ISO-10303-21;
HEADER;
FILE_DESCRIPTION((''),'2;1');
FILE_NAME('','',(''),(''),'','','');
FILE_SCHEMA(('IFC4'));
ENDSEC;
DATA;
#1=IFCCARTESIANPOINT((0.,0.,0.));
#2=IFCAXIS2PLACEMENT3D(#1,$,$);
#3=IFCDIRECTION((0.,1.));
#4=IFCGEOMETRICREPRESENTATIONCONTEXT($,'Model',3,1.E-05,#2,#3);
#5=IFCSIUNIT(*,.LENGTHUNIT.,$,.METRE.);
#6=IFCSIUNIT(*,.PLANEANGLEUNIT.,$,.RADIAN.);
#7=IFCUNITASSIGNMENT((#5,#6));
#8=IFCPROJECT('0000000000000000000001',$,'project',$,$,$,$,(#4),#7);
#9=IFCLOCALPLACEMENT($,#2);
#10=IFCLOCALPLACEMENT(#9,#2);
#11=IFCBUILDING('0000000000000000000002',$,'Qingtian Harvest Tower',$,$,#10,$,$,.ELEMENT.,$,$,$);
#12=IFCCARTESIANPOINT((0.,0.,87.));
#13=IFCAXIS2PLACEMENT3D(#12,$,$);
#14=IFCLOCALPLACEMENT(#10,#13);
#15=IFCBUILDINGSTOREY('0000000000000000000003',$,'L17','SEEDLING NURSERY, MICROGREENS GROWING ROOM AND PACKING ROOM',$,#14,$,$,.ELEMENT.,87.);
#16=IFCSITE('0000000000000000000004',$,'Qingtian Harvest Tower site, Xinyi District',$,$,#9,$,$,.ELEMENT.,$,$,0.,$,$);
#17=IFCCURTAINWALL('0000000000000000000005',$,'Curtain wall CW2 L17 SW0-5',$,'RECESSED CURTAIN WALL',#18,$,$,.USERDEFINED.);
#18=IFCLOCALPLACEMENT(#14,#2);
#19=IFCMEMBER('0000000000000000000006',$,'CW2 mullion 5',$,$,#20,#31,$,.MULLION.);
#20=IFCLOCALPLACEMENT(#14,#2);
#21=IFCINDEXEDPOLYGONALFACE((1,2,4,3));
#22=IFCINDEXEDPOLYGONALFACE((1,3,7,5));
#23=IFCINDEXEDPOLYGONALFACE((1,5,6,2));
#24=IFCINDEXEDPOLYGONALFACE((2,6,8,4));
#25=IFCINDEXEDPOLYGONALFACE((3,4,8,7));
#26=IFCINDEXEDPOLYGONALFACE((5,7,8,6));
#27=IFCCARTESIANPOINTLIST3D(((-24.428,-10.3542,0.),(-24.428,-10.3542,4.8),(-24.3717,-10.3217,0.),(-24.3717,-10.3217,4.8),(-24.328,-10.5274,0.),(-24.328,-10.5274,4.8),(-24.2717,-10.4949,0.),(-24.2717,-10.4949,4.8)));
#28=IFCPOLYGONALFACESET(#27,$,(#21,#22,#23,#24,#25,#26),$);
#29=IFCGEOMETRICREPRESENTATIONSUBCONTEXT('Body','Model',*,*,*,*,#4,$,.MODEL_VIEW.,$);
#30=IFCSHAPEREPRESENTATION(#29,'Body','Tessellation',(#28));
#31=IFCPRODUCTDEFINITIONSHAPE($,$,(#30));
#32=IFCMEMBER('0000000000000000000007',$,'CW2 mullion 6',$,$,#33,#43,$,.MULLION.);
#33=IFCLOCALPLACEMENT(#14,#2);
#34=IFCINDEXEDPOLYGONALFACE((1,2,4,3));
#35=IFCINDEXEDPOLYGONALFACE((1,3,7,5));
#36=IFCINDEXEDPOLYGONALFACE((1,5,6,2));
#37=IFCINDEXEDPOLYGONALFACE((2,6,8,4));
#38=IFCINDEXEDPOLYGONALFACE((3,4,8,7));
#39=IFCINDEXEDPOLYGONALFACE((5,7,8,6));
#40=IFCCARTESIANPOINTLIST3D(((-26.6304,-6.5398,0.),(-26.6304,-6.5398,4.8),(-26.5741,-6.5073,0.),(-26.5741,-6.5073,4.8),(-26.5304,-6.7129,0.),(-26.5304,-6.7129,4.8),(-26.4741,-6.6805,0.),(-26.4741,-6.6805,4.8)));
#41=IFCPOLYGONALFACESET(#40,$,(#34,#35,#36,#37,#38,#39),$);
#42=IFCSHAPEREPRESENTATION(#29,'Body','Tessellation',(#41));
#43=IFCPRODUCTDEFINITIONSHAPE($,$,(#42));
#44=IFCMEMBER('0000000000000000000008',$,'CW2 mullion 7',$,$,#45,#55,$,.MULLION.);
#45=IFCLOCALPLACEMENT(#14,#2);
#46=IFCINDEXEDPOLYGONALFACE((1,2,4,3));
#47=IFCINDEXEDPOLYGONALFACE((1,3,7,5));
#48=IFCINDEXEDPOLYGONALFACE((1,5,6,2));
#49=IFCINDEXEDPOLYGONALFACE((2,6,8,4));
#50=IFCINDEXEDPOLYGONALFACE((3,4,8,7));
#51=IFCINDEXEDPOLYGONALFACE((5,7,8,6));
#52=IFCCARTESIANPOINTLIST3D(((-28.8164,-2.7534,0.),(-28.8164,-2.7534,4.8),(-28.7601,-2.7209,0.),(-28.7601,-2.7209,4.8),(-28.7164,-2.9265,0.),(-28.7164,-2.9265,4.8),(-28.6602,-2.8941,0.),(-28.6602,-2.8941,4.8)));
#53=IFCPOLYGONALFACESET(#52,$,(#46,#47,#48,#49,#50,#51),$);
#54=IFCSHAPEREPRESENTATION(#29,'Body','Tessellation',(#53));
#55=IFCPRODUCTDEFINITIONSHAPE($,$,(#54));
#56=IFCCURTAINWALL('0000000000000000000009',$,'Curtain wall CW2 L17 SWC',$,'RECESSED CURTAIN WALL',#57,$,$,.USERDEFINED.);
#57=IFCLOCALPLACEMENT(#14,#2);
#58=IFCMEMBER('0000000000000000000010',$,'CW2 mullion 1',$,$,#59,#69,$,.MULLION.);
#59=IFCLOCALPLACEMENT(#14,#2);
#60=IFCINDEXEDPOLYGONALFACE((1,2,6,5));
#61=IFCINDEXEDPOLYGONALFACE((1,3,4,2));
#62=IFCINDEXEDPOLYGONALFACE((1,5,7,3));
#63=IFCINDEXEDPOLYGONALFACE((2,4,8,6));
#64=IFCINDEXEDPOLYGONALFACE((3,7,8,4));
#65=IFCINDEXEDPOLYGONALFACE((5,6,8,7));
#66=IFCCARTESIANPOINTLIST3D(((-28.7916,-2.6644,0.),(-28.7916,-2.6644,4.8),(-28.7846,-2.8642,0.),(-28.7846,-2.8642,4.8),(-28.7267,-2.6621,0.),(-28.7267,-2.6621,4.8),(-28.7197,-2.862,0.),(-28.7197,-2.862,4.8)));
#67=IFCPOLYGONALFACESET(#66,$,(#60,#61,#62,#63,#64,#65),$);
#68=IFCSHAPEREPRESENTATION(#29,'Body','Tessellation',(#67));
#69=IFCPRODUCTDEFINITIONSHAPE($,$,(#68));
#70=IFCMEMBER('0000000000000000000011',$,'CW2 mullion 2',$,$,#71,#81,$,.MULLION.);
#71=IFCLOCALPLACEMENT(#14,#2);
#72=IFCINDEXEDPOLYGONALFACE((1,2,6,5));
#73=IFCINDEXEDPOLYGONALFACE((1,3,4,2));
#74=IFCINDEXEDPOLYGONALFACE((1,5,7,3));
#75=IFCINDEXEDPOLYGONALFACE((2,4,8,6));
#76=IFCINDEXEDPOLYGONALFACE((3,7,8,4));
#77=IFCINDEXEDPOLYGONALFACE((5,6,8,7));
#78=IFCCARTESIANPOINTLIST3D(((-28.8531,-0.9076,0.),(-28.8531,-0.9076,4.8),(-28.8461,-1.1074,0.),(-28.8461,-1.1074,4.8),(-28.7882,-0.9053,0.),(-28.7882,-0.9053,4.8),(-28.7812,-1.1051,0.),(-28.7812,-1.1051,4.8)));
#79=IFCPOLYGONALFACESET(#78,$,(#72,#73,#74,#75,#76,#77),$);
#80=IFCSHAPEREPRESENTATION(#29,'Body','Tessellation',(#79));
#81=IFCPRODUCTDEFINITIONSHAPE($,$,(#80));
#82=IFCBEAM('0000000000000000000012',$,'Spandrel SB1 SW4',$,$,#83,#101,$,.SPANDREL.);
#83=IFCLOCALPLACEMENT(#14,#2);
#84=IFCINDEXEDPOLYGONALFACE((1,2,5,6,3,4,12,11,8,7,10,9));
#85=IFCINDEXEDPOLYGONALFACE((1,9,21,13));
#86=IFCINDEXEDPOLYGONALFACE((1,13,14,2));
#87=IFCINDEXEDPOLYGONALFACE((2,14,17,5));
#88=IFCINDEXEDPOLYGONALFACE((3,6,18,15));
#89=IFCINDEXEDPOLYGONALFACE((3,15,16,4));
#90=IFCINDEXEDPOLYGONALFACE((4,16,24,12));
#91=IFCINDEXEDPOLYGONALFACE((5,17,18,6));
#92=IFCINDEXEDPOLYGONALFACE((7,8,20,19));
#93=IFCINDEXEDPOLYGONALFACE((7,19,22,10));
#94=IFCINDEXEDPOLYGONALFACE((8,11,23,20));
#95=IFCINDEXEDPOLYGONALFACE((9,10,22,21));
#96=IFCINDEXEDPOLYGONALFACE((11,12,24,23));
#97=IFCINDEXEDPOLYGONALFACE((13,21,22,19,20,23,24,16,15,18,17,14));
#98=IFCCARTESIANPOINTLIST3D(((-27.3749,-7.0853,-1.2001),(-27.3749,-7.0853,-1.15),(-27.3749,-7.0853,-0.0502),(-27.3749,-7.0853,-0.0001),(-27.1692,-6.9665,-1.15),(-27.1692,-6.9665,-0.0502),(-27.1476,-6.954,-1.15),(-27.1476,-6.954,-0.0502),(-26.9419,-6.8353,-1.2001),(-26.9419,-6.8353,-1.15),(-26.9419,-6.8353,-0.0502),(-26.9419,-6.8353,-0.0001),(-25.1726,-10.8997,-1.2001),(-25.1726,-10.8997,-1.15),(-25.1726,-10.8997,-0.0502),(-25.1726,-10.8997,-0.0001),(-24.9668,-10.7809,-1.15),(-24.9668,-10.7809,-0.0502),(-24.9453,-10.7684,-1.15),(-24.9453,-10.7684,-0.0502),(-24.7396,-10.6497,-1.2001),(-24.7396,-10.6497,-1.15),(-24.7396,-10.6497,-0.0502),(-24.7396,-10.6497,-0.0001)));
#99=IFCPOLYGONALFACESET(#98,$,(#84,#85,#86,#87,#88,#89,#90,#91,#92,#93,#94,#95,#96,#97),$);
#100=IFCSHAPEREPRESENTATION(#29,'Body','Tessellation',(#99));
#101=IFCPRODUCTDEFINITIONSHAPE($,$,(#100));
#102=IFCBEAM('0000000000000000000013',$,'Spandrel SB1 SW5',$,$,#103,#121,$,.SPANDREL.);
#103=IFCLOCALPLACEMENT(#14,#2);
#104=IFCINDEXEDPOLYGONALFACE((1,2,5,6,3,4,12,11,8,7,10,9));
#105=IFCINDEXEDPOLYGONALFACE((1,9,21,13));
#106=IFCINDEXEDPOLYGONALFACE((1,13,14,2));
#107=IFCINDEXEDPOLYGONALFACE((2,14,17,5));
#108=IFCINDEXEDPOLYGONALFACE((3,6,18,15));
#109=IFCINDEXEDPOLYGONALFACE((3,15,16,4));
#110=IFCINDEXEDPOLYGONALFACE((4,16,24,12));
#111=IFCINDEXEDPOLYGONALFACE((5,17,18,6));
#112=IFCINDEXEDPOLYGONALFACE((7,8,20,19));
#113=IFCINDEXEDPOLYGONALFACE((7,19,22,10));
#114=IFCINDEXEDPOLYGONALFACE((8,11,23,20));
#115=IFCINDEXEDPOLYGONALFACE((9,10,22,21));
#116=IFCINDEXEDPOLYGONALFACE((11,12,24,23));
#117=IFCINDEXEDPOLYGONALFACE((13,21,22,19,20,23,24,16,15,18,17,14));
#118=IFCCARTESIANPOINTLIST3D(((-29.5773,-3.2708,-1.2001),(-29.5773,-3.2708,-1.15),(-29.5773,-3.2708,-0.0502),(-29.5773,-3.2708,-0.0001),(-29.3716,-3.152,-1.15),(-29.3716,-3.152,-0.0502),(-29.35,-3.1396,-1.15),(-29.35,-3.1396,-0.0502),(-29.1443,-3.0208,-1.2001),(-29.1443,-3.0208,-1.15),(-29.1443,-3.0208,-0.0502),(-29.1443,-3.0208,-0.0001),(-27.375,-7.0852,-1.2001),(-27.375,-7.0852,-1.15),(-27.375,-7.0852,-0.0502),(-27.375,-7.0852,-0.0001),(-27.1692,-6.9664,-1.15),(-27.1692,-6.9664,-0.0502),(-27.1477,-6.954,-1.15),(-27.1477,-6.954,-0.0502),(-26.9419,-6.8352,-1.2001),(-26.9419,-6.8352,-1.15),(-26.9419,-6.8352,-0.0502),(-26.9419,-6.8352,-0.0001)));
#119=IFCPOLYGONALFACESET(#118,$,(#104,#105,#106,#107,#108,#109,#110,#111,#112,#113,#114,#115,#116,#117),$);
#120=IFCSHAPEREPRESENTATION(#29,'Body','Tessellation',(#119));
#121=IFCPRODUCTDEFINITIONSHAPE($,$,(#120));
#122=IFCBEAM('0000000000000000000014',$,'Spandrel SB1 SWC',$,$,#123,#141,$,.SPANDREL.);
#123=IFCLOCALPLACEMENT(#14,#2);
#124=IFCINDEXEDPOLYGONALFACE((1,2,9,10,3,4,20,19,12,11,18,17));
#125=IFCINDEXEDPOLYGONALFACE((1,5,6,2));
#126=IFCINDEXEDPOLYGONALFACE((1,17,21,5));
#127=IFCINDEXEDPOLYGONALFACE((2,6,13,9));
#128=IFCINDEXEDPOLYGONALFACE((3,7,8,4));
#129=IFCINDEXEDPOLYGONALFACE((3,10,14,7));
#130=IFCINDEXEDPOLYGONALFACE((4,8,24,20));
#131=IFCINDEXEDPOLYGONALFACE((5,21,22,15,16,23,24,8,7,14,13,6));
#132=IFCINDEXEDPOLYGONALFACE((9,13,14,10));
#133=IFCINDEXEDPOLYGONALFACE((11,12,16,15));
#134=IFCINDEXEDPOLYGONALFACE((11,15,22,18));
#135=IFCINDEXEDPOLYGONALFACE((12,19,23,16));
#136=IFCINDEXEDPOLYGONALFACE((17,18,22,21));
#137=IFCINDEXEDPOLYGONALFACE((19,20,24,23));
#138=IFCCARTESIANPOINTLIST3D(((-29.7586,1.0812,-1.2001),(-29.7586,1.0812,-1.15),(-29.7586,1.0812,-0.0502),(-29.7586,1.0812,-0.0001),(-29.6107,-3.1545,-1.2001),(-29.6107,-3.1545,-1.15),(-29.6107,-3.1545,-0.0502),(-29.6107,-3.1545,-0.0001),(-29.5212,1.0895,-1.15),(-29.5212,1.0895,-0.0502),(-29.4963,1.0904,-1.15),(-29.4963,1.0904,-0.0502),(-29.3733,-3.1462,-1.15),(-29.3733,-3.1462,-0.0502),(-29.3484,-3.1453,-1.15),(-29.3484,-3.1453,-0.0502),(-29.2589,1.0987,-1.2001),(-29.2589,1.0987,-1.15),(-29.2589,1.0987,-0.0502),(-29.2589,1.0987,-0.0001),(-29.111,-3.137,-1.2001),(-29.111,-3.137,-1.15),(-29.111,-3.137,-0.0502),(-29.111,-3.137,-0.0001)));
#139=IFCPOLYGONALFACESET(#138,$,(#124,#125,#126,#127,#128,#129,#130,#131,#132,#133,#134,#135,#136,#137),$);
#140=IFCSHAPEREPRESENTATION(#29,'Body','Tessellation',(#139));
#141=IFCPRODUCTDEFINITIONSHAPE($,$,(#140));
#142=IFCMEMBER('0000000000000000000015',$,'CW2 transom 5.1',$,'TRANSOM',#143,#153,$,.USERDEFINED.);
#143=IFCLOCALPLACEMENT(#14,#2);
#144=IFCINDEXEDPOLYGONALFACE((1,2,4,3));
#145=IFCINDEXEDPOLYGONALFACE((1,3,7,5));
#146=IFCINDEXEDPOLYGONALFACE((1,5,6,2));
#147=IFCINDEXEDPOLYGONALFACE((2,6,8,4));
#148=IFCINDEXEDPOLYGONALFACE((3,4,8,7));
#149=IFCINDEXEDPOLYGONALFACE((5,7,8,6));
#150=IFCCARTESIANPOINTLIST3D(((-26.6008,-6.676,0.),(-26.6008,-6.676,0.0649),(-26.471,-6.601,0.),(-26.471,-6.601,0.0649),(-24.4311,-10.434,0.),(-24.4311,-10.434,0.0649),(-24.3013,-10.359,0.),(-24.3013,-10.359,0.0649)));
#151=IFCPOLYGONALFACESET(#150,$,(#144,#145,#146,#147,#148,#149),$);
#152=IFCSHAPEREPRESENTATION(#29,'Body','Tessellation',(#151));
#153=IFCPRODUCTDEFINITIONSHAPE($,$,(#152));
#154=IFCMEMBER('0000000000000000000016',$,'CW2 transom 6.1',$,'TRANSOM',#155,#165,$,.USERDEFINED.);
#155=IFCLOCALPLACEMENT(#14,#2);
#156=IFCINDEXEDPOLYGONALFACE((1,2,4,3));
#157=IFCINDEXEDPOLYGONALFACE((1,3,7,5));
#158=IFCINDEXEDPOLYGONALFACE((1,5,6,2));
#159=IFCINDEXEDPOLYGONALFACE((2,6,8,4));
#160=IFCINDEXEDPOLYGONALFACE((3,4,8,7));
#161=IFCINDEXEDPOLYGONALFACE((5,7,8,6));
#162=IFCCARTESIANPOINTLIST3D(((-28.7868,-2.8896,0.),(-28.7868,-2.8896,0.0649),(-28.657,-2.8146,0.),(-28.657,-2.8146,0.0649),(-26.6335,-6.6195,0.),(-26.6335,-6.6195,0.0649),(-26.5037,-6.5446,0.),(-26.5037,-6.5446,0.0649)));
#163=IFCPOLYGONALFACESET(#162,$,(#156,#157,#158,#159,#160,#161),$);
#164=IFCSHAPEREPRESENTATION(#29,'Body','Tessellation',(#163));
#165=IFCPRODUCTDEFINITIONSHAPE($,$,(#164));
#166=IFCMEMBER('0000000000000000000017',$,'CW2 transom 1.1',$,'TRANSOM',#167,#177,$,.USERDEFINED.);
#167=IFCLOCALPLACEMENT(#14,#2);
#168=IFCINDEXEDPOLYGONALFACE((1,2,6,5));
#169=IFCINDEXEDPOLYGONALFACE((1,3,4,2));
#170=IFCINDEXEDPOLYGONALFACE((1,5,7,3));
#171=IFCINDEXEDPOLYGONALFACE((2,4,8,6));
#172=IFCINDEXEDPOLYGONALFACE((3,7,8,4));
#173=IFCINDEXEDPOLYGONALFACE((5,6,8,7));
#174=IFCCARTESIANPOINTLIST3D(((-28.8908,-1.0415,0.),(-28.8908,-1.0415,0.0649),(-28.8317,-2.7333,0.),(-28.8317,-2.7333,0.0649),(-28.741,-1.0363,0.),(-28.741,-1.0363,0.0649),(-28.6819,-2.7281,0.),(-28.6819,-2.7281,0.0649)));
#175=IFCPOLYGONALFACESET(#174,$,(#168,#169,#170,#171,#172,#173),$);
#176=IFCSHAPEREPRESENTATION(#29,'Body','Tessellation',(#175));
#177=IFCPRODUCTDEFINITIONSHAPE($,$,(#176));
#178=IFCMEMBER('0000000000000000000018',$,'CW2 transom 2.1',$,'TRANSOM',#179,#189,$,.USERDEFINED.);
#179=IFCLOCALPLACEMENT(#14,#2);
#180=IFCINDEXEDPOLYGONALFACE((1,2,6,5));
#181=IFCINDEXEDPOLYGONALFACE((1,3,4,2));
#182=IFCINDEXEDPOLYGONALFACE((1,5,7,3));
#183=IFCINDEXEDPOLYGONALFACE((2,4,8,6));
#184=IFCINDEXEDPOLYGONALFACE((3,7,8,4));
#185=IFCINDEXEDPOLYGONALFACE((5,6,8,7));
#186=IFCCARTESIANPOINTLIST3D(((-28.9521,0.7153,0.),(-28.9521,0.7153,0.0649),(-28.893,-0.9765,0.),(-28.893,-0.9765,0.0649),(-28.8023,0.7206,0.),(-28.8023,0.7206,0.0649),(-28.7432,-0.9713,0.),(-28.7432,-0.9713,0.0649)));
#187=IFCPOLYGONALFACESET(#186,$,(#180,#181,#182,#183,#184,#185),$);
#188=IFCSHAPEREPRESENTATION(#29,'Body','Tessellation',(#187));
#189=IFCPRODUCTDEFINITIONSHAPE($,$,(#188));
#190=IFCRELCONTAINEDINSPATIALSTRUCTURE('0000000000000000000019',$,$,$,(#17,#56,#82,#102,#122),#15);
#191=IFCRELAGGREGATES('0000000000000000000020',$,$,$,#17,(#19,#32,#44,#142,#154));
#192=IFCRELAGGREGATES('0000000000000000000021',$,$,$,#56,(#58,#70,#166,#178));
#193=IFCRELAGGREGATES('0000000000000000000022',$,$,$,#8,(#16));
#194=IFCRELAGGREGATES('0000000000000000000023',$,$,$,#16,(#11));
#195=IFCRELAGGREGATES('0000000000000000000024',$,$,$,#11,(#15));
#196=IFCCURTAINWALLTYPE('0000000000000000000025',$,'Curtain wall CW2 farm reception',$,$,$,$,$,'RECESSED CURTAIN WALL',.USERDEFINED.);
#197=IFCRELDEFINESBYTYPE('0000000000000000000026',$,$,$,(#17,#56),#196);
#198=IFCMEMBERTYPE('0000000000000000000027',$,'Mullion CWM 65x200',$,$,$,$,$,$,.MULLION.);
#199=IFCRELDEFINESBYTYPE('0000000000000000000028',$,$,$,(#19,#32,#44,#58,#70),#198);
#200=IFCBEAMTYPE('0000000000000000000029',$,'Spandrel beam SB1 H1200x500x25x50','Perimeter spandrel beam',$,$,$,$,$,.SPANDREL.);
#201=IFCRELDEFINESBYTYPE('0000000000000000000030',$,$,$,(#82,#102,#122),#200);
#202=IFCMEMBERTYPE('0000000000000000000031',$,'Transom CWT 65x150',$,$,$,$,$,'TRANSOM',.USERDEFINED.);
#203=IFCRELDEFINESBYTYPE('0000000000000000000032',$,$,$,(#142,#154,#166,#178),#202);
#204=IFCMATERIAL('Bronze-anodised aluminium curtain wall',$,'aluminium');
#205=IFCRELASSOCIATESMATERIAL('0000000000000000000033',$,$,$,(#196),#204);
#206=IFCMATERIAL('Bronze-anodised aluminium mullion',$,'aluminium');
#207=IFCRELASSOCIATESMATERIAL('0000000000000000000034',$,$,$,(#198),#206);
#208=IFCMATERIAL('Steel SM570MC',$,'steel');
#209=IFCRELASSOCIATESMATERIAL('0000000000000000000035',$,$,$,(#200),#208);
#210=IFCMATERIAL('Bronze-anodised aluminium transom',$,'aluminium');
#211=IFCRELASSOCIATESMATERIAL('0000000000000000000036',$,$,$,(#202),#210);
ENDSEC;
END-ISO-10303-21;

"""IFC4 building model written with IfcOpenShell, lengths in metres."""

from ifc_helpers import new_model, si_unit, direction, frame, origin, origin_2d, place, context, subcontext, project, spatial, rectangle, i_section, extrude, material, material_profile, profile_set, type_object, element, aggregate, save


model = new_model("IFC4")

# Units and contexts
model_context = context("Model", 3, precision=1e-05, world=origin(), true_north=direction((0.0, 1.0)))
body_context = subcontext(model_context, "Body", "Model", "MODEL_VIEW")
ifc_project = project(units=[si_unit("LENGTHUNIT", "METRE"), si_unit("PLANEANGLEUNIT", "RADIAN")], contexts=[model_context])

# Site, building, storey
site_placement = place(None, origin())
site = spatial("IfcSite", under=ifc_project, at=site_placement, Name="Qingtian Harvest Tower site, Xinyi District", CompositionType="ELEMENT", RefElevation=0.0)
building_placement = place(site_placement, origin())
building = spatial("IfcBuilding", under=site, at=building_placement, Name="Qingtian Harvest Tower", CompositionType="ELEMENT")
storey_placement = place(building_placement, frame((0.0, 0.0, 87.0)))
storey = spatial("IfcBuildingStorey", under=building, at=storey_placement, Name="L17", Description="SEEDLING NURSERY, MICROGREENS GROWING ROOM AND PACKING ROOM", CompositionType="ELEMENT", Elevation=87.0)

# Curtain walls, members
ifc_material_1 = material(Name="Bronze-anodised aluminium curtain wall", Category="aluminium")
curtain_wall_type = type_object("IfcCurtainWallType", Name="Curtain wall CW2 farm reception", ElementType="RECESSED CURTAIN WALL", PredefinedType="USERDEFINED", material=ifc_material_1)
curtain_wall_1_placement = place(storey_placement, origin())
curtain_wall_1 = element("IfcCurtainWall", 1, at=curtain_wall_1_placement, inside=storey, type_object=curtain_wall_type, Name="Curtain wall CW2 L17 SW0-5", ObjectType="RECESSED CURTAIN WALL", PredefinedType="USERDEFINED")
ifc_material_2 = material(Name="Bronze-anodised aluminium mullion", Category="aluminium")
ifc_material_profile_1 = material_profile(ifc_material_2, rectangle(XDim=0.0649, YDim=0.2, at=origin_2d()), Name="AL 65x200")
ifc_profile_set_1 = profile_set([ifc_material_profile_1], Name="Bronze-anodised aluminium mullion")
member_type_1 = type_object("IfcMemberType", Name="Mullion CWM 65x200", PredefinedType="MULLION", material=ifc_profile_set_1)
member_1_placement = place(storey_placement, frame((-24.3499, -10.4246, 0.0), z_axis=(0.0, 0.0, 1.0), x_axis=(-0.866025, -0.5, 0.0)))
member_1 = element("IfcMember", 2, at=member_1_placement, type_object=member_type_1, Name="CW2 mullion 5", PredefinedType="MULLION", context=body_context, shape_type="SweptSolid", body=[
    extrude(rectangle(XDim=0.0649, YDim=0.2, at=origin_2d()), origin(), (0.0, 0.0, 1.0), 4.8),
])
member_2_placement = place(storey_placement, frame((-26.5522, -6.6101, 0.0), z_axis=(0.0, 0.0, 1.0), x_axis=(-0.866025, -0.5, 0.0)))
member_2 = element("IfcMember", 3, at=member_2_placement, type_object=member_type_1, Name="CW2 mullion 6", PredefinedType="MULLION", context=body_context, shape_type="SweptSolid", body=[
    extrude(rectangle(XDim=0.0649, YDim=0.2, at=origin_2d()), origin(), (0.0, 0.0, 1.0), 4.8),
])
member_3_placement = place(storey_placement, frame((-28.7383, -2.8237, 0.0), z_axis=(0.0, 0.0, 1.0), x_axis=(-0.866025, -0.5, 0.0)))
member_3 = element("IfcMember", 4, at=member_3_placement, type_object=member_type_1, Name="CW2 mullion 7", PredefinedType="MULLION", context=body_context, shape_type="SweptSolid", body=[
    extrude(rectangle(XDim=0.0649, YDim=0.2, at=origin_2d()), origin(), (0.0, 0.0, 1.0), 4.8),
])
curtain_wall_2_placement = place(storey_placement, origin())
curtain_wall_2 = element("IfcCurtainWall", 5, at=curtain_wall_2_placement, inside=storey, type_object=curtain_wall_type, Name="Curtain wall CW2 L17 SWC", ObjectType="RECESSED CURTAIN WALL", PredefinedType="USERDEFINED")
member_4_placement = place(storey_placement, frame((-28.7556, -2.7632, 0.0), z_axis=(0.0, 0.0, 1.0), x_axis=(-0.999391, -0.034899, 0.0)))
member_4 = element("IfcMember", 6, at=member_4_placement, type_object=member_type_1, Name="CW2 mullion 1", PredefinedType="MULLION", context=body_context, shape_type="SweptSolid", body=[
    extrude(rectangle(XDim=0.0649, YDim=0.2, at=origin_2d()), origin(), (0.0, 0.0, 1.0), 4.8),
])
member_5_placement = place(storey_placement, frame((-28.8171, -1.0063, 0.0), z_axis=(0.0, 0.0, 1.0), x_axis=(-0.999391, -0.034899, 0.0)))
member_5 = element("IfcMember", 7, at=member_5_placement, type_object=member_type_1, Name="CW2 mullion 2", PredefinedType="MULLION", context=body_context, shape_type="SweptSolid", body=[
    extrude(rectangle(XDim=0.0649, YDim=0.2, at=origin_2d()), origin(), (0.0, 0.0, 1.0), 4.8),
])

# Beams
ifc_material_3 = material(Name="Steel SM570MC", Category="steel")
ifc_material_profile_2 = material_profile(ifc_material_3, i_section(OverallWidth=0.5, OverallDepth=1.2, WebThickness=0.0249, FlangeThickness=0.05, at=origin_2d()), Name="H1200x500x25x50")
ifc_profile_set_2 = profile_set([ifc_material_profile_2], Name="Steel SM570MC")
beam_type_1 = type_object("IfcBeamType", Name="Spandrel beam SB1 H1200x500x25x50", Description="Perimeter spandrel beam", PredefinedType="SPANDREL", material=ifc_profile_set_2)
for number, where, z_axis, x_axis, name in (
    (8, (-24.9561, -10.7747, -0.6001), (-0.50002, 0.866014, 0.0), (-0.866014, -0.50002, 0.0), "Spandrel SB1 SW4"),
    (9, (-27.1584, -6.9602, -0.6001), (-0.50002, 0.866014, 0.0), (-0.866014, -0.50002, 0.0), "Spandrel SB1 SW5"),
):
    element("IfcBeam", number, at=place(storey_placement, frame(where, z_axis=z_axis, x_axis=x_axis)), inside=storey, type_object=beam_type_1, Name=name, PredefinedType="SPANDREL", context=body_context, shape_type="SweptSolid", body=[
        extrude(i_section(OverallWidth=0.5, OverallDepth=1.2, WebThickness=0.0249, FlangeThickness=0.05, at=origin_2d()), origin(), (0.0, 0.0, 1.0), 4.4045),
    ])
beam_1_placement = place(storey_placement, frame((-29.3608, -3.1458, -0.6001), z_axis=(-0.034909, 0.999391, 0.0), x_axis=(-0.999391, -0.034909, 0.0)))
element("IfcBeam", 10, at=beam_1_placement, inside=storey, type_object=beam_type_1, Name="Spandrel SB1 SWC", PredefinedType="SPANDREL", context=body_context, shape_type="SweptSolid", body=[
    extrude(i_section(OverallWidth=0.5, OverallDepth=1.2, WebThickness=0.0249, FlangeThickness=0.05, at=origin_2d()), origin(), (0.0, 0.0, 1.0), 4.2383),
])

# Members
ifc_material_4 = material(Name="Bronze-anodised aluminium transom", Category="aluminium")
ifc_material_profile_3 = material_profile(ifc_material_4, rectangle(XDim=0.1499, YDim=0.0649, at=origin_2d()), Name="AL 65x150")
ifc_profile_set_3 = profile_set([ifc_material_profile_3], Name="Bronze-anodised aluminium transom")
member_type_2 = type_object("IfcMemberType", Name="Transom CWT 65x150", ElementType="TRANSOM", PredefinedType="USERDEFINED", material=ifc_profile_set_3)
member_6_placement = place(storey_placement, frame((-24.3662, -10.3965, 0.0325), z_axis=(-0.499994, 0.866029, 0.0), x_axis=(-0.866029, -0.499994, 0.0)))
member_6 = element("IfcMember", 11, at=member_6_placement, type_object=member_type_2, Name="CW2 transom 5.1", ObjectType="TRANSOM", PredefinedType="USERDEFINED", context=body_context, shape_type="SweptSolid", body=[
    extrude(rectangle(XDim=0.1499, YDim=0.0649, at=origin_2d()), origin(), (0.0, 0.0, 1.0), 4.3394),
])
member_7_placement = place(storey_placement, frame((-26.5686, -6.582, 0.0325), z_axis=(-0.499968, 0.866044, 0.0), x_axis=(-0.866044, -0.499968, 0.0)))
member_7 = element("IfcMember", 12, at=member_7_placement, type_object=member_type_2, Name="CW2 transom 6.1", ObjectType="TRANSOM", PredefinedType="USERDEFINED", context=body_context, shape_type="SweptSolid", body=[
    extrude(rectangle(XDim=0.1499, YDim=0.0649, at=origin_2d()), origin(), (0.0, 0.0, 1.0), 4.3069),
])
member_8_placement = place(storey_placement, frame((-28.7568, -2.7307, 0.0325), z_axis=(-0.034899, 0.999391, 0.0), x_axis=(-0.999391, -0.034899, 0.0)))
member_8 = element("IfcMember", 13, at=member_8_placement, type_object=member_type_2, Name="CW2 transom 1.1", ObjectType="TRANSOM", PredefinedType="USERDEFINED", context=body_context, shape_type="SweptSolid", body=[
    extrude(rectangle(XDim=0.1499, YDim=0.0649, at=origin_2d()), origin(), (0.0, 0.0, 1.0), 1.6929),
])
member_9_placement = place(storey_placement, frame((-28.8181, -0.9739, 0.0325), z_axis=(-0.034899, 0.999391, 0.0), x_axis=(-0.999391, -0.034899, 0.0)))
member_9 = element("IfcMember", 14, at=member_9_placement, type_object=member_type_2, Name="CW2 transom 2.1", ObjectType="TRANSOM", PredefinedType="USERDEFINED", context=body_context, shape_type="SweptSolid", body=[
    extrude(rectangle(XDim=0.1499, YDim=0.0649, at=origin_2d()), origin(), (0.0, 0.0, 1.0), 1.6929),
])

aggregate(curtain_wall_1, [member_1, member_2, member_3, member_6, member_7])
aggregate(curtain_wall_2, [member_4, member_5, member_8, member_9])

save(model, "model.ifc")
